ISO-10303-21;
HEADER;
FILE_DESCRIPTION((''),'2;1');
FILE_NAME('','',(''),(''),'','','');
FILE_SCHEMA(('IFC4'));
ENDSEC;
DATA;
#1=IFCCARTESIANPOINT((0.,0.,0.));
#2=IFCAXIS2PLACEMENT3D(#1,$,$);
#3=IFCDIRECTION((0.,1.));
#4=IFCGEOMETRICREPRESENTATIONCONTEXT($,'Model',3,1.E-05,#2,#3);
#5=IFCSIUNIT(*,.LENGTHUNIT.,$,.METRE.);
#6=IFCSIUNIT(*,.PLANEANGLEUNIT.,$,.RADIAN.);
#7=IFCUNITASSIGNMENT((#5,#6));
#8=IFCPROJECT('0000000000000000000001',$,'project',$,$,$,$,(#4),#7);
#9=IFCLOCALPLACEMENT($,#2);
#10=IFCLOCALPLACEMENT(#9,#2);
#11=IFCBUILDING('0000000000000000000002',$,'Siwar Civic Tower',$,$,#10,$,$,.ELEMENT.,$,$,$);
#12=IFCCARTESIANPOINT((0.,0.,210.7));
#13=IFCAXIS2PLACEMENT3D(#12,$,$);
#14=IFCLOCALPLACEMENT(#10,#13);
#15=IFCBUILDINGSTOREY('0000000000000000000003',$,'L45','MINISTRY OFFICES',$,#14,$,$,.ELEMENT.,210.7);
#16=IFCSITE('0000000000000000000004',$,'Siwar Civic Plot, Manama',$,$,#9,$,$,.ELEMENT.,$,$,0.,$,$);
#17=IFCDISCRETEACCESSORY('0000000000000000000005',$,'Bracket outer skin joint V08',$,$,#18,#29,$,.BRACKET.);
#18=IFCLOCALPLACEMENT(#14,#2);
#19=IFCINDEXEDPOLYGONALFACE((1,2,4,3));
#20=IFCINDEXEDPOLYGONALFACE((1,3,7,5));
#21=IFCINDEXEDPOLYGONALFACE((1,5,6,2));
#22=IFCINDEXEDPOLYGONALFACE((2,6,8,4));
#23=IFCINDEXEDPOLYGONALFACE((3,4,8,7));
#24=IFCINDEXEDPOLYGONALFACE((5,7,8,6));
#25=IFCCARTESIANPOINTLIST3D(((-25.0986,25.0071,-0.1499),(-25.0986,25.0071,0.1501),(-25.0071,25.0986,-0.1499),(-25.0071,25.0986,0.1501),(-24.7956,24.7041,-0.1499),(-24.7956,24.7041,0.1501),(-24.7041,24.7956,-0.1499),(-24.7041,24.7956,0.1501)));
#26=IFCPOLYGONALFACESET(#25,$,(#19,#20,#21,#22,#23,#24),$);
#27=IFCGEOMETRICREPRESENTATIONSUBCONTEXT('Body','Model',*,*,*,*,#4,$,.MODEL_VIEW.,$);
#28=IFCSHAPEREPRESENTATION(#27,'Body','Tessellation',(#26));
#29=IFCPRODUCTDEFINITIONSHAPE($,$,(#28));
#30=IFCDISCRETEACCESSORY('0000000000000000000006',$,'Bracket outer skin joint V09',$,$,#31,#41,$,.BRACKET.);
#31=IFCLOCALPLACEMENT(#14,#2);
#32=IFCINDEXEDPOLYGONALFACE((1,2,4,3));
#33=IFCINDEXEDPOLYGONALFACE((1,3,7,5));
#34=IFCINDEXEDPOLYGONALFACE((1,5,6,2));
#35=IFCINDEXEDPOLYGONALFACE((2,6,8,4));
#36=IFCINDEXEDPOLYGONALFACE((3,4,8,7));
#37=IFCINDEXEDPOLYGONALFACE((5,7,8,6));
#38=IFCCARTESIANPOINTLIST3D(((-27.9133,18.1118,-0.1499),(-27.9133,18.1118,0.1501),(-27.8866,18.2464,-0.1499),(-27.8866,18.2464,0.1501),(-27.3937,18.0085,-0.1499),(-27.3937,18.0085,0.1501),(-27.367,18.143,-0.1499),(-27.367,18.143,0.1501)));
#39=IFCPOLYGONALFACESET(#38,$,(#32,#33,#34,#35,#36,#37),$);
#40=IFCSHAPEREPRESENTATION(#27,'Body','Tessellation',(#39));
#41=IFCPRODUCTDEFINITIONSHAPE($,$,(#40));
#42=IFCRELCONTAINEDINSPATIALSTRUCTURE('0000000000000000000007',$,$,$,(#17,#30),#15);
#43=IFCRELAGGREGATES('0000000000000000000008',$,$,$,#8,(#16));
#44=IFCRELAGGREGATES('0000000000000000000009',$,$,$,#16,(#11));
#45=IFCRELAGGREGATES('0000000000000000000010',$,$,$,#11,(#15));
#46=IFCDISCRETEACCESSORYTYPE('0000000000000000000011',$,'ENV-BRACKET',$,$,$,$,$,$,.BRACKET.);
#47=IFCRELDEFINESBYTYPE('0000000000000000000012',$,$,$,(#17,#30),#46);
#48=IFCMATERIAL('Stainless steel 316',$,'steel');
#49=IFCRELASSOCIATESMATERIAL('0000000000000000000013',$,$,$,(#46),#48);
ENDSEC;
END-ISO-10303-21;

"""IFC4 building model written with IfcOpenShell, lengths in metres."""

from ifc_helpers import new_model, si_unit, direction, frame, origin, origin_2d, place, context, subcontext, project, spatial, rectangle, extrude, material, type_object, element, save


model = new_model("IFC4")

# Units and contexts
model_context = context("Model", 3, precision=1e-05, world=origin(), true_north=direction((0.0, 1.0)))
body_context = subcontext(model_context, "Body", "Model", "MODEL_VIEW")
ifc_project = project(units=[si_unit("LENGTHUNIT", "METRE"), si_unit("PLANEANGLEUNIT", "RADIAN")], contexts=[model_context])

# Site, building, storey
site_placement = place(None, origin())
site = spatial("IfcSite", under=ifc_project, at=site_placement, Name="Siwar Civic Plot, Manama", CompositionType="ELEMENT", RefElevation=0.0)
building_placement = place(site_placement, origin())
building = spatial("IfcBuilding", under=site, at=building_placement, Name="Siwar Civic Tower", CompositionType="ELEMENT")
storey_placement = place(building_placement, frame((0.0, 0.0, 210.7)))
storey = spatial("IfcBuildingStorey", under=building, at=storey_placement, Name="L45", Description="MINISTRY OFFICES", CompositionType="ELEMENT", Elevation=210.7)

# Discrete accessories
ifc_material_1 = material(Name="Stainless steel 316", Category="steel")
discrete_accessory_type = type_object("IfcDiscreteAccessoryType", Name="ENV-BRACKET", PredefinedType="BRACKET", material=ifc_material_1)
discrete_accessory_1_placement = place(storey_placement, frame((-24.9014, 24.9014, -0.1499), z_axis=(0.0, 0.0, 1.0), x_axis=(-0.707107, 0.707107, 0.0)))
element("IfcDiscreteAccessory", 1, at=discrete_accessory_1_placement, inside=storey, type_object=discrete_accessory_type, Name="Bracket outer skin joint V08", PredefinedType="BRACKET", context=body_context, shape_type="SweptSolid", body=[
    extrude(rectangle(XDim=0.4285, YDim=0.1294, at=origin_2d()), origin(), (0.0, 0.0, 1.0), 0.3),
])
discrete_accessory_2_placement = place(storey_placement, frame((-27.6401, 18.1274, -0.1499), z_axis=(0.0, 0.0, 1.0), x_axis=(-0.980785, 0.19509, 0.0)))
element("IfcDiscreteAccessory", 2, at=discrete_accessory_2_placement, inside=storey, type_object=discrete_accessory_type, Name="Bracket outer skin joint V09", PredefinedType="BRACKET", context=body_context, shape_type="SweptSolid", body=[
    extrude(rectangle(XDim=0.5298, YDim=0.1372, at=origin_2d()), origin(), (0.0, 0.0, 1.0), 0.3),
])

save(model, "model.ifc")
